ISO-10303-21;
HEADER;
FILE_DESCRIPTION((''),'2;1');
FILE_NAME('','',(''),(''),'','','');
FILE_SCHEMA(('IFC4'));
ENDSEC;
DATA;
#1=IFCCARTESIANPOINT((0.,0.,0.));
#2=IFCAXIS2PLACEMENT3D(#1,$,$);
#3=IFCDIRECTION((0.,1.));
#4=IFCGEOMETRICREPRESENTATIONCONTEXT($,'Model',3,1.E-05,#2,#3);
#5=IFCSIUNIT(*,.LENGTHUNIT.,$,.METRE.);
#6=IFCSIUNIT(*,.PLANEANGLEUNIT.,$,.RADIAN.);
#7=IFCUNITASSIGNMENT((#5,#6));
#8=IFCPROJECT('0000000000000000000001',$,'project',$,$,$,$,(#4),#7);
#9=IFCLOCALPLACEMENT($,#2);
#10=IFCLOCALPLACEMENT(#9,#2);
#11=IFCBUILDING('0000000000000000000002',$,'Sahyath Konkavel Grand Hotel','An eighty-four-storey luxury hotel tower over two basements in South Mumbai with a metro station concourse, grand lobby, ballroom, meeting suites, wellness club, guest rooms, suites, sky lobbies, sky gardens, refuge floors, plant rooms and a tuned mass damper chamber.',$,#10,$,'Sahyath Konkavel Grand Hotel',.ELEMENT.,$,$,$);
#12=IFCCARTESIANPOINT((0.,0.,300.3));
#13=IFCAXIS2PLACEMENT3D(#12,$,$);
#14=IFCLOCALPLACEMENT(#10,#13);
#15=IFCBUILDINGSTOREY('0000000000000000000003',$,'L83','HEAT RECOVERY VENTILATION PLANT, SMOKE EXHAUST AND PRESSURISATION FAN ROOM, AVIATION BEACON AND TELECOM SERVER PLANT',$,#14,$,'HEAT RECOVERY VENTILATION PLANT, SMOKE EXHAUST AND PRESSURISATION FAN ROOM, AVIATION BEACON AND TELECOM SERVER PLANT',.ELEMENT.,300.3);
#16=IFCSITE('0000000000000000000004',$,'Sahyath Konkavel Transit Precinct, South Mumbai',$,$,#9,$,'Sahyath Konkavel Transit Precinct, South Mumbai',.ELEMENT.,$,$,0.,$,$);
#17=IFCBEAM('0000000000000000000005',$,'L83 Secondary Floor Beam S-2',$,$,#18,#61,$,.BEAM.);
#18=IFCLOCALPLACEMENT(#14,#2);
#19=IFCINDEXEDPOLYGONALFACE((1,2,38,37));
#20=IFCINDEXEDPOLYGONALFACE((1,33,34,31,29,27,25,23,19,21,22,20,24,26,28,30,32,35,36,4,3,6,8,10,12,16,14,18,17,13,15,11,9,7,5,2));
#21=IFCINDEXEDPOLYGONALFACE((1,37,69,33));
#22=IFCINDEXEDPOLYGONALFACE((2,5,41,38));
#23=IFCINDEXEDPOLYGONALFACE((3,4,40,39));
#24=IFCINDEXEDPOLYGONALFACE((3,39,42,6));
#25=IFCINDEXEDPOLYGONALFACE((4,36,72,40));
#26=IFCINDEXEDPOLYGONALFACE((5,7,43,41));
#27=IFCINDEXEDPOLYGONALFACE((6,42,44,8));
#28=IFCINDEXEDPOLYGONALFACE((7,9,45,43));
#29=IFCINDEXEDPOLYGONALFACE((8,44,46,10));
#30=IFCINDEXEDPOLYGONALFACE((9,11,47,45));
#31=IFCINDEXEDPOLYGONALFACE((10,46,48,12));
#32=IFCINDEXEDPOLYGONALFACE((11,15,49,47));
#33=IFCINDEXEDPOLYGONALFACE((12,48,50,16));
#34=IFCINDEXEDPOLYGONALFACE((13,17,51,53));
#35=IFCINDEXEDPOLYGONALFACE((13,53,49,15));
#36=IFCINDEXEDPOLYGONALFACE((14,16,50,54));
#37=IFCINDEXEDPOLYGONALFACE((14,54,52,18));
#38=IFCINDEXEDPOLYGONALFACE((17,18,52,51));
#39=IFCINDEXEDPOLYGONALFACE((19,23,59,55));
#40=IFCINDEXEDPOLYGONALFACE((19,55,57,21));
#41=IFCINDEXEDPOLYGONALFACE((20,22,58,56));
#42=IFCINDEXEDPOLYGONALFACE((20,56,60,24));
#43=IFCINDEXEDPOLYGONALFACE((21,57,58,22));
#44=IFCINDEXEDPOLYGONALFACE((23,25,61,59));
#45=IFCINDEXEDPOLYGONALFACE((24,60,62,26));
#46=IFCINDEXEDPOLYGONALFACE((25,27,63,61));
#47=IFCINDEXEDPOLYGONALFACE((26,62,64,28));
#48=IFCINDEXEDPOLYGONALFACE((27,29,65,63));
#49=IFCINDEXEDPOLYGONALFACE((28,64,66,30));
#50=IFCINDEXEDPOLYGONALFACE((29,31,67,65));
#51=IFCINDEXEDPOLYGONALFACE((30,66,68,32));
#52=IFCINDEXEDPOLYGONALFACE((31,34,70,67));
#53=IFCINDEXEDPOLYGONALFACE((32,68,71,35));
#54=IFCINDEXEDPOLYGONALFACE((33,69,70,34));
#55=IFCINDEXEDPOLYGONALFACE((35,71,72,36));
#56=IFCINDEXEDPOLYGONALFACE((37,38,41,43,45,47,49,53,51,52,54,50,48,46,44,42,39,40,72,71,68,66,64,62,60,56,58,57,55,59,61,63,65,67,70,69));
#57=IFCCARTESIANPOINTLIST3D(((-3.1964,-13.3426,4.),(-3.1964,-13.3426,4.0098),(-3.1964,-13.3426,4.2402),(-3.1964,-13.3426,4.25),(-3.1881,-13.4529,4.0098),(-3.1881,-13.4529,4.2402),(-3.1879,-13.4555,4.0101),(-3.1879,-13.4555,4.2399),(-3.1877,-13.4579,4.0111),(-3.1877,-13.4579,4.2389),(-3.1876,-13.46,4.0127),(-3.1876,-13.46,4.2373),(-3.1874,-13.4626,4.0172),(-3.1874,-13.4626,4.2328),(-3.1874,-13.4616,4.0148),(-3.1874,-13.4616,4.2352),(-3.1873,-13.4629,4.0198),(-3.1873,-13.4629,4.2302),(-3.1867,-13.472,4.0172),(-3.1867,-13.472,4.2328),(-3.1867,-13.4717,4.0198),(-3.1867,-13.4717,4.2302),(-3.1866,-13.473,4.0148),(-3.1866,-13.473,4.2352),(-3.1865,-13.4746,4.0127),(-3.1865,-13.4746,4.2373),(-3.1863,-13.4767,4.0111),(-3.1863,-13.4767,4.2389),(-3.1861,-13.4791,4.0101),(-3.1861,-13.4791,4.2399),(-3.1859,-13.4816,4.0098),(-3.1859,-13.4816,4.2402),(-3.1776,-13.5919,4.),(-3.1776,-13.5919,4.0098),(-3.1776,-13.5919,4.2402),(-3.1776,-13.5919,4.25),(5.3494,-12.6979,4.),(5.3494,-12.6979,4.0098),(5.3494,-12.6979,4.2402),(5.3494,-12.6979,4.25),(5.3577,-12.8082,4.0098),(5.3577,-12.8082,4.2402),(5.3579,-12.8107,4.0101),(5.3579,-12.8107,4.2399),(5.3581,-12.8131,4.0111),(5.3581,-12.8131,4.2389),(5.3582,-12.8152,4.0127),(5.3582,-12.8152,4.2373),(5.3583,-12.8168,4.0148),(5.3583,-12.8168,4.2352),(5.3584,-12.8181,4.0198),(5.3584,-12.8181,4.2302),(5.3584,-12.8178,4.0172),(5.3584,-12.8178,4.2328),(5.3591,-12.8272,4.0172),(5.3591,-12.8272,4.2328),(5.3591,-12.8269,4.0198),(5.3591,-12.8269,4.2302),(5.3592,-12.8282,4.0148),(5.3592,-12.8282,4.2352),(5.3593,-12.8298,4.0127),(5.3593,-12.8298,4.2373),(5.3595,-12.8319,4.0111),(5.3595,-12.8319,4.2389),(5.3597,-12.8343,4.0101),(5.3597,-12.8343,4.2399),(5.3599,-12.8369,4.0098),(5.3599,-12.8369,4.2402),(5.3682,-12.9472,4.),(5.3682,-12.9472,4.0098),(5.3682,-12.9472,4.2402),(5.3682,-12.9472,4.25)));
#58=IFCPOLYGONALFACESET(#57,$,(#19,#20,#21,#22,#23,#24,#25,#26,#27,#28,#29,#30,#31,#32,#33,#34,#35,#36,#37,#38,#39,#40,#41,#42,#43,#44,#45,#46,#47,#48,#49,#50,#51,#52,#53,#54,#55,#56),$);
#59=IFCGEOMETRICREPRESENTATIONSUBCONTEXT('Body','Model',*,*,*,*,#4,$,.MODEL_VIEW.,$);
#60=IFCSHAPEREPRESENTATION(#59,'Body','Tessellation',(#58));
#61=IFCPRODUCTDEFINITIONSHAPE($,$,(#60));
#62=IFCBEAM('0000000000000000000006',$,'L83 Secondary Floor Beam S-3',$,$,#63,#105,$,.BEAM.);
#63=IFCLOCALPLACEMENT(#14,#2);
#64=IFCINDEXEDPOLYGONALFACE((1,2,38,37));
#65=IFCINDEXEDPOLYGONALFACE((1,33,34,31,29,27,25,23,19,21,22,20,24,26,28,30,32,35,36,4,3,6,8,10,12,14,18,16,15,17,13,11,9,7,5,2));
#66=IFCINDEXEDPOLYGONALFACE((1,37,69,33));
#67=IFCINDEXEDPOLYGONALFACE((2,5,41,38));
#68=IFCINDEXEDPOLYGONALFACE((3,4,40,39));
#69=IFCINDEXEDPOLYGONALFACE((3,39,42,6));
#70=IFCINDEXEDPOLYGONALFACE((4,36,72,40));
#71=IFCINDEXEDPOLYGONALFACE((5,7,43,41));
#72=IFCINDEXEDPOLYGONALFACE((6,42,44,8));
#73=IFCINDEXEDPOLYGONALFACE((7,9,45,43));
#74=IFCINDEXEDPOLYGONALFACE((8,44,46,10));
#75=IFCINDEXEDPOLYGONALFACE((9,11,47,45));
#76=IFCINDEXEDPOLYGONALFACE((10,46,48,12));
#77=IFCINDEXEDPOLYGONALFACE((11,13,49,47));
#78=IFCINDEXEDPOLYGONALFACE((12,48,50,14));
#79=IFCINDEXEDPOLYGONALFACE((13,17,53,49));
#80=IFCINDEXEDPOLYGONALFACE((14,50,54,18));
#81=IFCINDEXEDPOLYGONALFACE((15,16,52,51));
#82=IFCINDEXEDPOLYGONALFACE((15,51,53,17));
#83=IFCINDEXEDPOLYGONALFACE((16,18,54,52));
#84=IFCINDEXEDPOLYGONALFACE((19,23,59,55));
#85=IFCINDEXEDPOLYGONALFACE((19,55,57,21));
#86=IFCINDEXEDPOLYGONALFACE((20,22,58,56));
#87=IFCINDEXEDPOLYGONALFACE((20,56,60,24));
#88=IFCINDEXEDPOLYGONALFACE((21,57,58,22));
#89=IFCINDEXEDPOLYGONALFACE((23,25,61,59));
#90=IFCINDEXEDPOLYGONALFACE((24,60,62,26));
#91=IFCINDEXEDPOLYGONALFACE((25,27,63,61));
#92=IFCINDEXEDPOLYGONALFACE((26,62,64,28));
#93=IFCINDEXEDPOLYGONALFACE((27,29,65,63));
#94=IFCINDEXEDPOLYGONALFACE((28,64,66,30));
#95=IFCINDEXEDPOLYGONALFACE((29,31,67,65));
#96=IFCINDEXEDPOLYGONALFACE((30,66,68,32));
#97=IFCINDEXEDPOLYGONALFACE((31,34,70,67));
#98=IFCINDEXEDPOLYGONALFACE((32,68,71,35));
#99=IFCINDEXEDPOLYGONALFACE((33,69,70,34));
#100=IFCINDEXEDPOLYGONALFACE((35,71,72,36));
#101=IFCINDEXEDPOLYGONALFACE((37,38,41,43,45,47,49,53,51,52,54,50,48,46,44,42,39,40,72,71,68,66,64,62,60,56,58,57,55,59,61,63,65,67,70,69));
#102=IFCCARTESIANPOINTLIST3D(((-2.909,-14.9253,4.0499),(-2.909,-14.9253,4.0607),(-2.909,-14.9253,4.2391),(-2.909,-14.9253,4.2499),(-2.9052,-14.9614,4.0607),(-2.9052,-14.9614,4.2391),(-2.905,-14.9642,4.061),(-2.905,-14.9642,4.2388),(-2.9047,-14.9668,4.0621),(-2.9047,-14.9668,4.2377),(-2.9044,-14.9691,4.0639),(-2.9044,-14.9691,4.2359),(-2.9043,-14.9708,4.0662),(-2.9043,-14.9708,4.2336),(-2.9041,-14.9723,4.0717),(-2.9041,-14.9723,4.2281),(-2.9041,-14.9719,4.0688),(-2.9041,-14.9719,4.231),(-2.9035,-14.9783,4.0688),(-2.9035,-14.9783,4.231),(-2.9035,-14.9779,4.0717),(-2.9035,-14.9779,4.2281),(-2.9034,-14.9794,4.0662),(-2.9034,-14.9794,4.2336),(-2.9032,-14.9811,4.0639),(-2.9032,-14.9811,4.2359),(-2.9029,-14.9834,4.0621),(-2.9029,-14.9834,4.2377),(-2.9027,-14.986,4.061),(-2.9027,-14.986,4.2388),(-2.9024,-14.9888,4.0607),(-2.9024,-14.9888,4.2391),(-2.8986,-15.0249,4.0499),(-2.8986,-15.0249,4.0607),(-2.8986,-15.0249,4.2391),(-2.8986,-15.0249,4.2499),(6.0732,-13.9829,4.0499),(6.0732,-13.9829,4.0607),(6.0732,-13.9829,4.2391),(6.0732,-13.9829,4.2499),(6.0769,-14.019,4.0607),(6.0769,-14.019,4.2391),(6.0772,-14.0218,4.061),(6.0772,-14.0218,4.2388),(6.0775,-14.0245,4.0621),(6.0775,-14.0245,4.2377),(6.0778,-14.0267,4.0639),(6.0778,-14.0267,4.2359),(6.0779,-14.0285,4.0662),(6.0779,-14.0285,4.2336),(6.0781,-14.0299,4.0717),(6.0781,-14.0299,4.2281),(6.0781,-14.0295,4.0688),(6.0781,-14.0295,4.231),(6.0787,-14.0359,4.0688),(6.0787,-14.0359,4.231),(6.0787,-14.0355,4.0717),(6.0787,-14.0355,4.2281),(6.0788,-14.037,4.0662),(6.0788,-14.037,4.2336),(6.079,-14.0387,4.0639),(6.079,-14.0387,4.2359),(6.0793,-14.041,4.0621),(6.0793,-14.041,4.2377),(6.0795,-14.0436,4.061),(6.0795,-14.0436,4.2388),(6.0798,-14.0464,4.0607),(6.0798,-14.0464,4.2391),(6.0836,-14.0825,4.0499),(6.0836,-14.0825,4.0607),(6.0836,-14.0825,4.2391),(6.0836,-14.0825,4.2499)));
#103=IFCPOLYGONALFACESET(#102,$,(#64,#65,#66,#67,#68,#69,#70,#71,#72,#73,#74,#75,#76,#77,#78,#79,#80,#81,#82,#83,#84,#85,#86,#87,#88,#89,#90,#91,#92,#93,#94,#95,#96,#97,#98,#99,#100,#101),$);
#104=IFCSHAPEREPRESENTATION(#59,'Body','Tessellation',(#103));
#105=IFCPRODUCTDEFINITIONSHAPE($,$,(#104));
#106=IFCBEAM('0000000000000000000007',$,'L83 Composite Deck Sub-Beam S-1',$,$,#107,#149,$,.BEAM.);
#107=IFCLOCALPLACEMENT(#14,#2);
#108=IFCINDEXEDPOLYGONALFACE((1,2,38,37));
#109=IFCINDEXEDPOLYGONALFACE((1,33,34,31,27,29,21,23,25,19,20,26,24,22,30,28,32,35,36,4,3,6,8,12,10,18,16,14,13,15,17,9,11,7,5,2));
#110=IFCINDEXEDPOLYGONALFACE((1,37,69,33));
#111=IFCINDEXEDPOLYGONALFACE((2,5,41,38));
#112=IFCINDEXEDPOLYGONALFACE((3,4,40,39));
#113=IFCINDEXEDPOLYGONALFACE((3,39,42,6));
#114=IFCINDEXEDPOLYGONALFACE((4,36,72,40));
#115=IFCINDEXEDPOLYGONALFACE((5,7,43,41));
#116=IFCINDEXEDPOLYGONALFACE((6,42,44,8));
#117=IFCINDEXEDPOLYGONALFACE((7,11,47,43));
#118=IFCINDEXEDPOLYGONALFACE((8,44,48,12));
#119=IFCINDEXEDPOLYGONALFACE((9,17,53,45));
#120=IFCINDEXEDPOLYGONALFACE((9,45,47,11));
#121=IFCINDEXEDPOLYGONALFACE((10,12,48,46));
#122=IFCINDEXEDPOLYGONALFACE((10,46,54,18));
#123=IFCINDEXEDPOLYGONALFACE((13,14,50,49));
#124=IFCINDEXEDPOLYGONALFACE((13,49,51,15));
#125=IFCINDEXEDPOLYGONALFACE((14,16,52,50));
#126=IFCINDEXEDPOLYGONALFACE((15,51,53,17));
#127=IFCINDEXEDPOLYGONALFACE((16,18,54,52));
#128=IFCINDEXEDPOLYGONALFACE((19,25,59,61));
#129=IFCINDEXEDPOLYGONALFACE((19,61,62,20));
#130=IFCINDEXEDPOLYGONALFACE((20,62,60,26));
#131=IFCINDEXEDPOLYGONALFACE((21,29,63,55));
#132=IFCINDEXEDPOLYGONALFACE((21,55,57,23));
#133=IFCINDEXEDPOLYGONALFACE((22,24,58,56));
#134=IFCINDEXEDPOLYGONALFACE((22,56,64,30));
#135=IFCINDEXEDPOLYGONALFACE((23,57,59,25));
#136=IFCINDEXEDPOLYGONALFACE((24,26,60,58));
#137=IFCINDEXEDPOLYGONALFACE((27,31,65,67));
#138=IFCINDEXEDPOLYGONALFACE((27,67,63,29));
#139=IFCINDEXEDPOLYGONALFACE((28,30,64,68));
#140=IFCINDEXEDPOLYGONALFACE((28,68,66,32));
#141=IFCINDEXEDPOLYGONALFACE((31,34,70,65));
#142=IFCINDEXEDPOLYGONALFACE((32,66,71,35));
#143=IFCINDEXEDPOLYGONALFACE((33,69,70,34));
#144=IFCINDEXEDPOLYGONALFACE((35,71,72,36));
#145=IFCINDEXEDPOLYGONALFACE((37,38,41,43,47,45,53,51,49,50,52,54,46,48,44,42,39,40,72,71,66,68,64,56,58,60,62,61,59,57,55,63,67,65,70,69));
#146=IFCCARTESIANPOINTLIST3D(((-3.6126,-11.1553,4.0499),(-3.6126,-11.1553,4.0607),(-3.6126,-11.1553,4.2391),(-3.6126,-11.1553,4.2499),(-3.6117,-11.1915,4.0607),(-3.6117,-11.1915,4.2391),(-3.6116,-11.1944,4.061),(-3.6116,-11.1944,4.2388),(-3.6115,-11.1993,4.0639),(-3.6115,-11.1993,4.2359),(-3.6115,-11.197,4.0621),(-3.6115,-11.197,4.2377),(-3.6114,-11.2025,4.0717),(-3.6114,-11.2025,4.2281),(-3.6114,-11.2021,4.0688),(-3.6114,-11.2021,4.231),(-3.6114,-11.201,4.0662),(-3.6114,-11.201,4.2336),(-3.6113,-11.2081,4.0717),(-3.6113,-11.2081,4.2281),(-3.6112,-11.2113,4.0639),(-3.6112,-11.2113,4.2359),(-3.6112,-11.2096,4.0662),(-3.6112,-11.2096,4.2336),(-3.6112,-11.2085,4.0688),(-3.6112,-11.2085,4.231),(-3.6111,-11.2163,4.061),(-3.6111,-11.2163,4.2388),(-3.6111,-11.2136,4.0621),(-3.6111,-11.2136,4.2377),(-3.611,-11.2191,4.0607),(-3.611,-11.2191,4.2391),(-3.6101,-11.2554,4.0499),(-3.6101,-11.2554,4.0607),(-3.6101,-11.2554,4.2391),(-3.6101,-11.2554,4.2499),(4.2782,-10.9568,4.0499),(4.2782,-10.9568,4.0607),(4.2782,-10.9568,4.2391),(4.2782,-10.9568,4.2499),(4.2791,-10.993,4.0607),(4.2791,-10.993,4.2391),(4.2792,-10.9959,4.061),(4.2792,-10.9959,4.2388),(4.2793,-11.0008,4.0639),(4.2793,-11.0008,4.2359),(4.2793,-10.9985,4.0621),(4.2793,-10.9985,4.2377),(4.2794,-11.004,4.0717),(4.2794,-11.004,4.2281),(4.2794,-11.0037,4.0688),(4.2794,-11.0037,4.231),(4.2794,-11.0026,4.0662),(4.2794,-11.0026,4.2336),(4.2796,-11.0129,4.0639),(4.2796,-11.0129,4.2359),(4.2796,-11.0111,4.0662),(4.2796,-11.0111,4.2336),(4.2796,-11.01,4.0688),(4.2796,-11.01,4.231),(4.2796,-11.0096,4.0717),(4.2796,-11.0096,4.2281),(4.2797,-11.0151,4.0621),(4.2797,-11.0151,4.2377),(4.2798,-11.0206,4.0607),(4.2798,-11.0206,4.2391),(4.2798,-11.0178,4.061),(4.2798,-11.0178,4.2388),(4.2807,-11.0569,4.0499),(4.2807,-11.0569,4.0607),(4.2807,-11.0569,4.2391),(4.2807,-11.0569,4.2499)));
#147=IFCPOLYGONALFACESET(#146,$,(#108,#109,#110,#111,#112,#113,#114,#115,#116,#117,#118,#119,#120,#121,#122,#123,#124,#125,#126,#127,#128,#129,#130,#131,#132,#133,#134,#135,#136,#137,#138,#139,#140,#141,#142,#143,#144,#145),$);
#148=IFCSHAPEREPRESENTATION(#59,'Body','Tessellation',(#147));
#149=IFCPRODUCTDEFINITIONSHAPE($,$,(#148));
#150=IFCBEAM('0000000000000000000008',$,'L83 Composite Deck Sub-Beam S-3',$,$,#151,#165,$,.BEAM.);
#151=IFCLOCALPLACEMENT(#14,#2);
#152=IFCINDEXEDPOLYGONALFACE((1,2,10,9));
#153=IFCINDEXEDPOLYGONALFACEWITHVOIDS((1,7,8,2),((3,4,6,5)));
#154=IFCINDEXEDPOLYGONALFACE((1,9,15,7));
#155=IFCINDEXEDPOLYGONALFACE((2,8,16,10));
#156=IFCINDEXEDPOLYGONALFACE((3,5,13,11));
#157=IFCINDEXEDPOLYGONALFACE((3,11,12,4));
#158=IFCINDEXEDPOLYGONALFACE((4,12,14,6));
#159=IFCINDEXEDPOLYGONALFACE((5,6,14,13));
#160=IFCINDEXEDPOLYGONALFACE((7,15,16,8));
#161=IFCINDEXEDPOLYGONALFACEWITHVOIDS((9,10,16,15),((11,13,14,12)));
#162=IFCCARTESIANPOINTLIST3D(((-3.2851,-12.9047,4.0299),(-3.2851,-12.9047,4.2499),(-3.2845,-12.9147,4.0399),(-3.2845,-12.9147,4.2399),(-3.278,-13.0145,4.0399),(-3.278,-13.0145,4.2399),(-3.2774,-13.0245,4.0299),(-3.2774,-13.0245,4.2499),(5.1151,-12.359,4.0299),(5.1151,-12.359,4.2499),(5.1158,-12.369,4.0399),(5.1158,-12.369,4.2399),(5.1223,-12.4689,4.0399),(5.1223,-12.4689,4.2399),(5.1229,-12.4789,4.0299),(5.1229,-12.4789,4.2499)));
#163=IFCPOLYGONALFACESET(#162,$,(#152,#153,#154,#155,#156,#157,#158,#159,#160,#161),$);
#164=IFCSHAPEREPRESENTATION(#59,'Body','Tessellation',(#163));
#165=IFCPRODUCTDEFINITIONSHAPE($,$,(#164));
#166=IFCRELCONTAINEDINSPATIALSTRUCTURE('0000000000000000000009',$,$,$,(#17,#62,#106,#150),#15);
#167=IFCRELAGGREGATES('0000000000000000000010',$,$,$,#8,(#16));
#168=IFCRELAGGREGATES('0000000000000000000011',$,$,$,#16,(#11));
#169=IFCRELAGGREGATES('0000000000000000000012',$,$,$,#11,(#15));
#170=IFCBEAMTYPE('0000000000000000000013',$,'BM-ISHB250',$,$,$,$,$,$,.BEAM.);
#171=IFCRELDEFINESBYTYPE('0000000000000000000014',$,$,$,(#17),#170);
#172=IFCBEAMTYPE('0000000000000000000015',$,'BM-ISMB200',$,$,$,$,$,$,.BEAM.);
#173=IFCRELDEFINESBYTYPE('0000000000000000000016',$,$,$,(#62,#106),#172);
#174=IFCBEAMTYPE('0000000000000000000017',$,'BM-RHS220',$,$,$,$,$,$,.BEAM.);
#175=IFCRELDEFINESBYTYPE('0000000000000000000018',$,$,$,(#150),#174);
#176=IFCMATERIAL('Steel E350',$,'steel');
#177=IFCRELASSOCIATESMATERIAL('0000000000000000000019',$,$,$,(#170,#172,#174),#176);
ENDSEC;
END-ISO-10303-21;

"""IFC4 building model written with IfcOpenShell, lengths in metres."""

from ifc_helpers import new_model, si_unit, direction, frame, origin, origin_2d, place, context, subcontext, project, spatial, hollow_rectangle, i_section, extrude, source, transform, mapped, material, material_profile, profile_set, type_object, element, save


model = new_model("IFC4")

# Units and contexts
model_context = context("Model", 3, precision=1e-05, world=origin(), true_north=direction((0.0, 1.0)))
body_context = subcontext(model_context, "Body", "Model", "MODEL_VIEW")
ifc_project = project(units=[si_unit("LENGTHUNIT", "METRE"), si_unit("PLANEANGLEUNIT", "RADIAN")], contexts=[model_context])

# Site, building, storey
site_placement = place(None, origin())
site = spatial("IfcSite", under=ifc_project, at=site_placement, Name="Sahyath Konkavel Transit Precinct, South Mumbai", LongName="Sahyath Konkavel Transit Precinct, South Mumbai", CompositionType="ELEMENT", RefElevation=0.0)
building_placement = place(site_placement, origin())
building = spatial("IfcBuilding", under=site, at=building_placement, Name="Sahyath Konkavel Grand Hotel", Description="An eighty-four-storey luxury hotel tower over two basements in South Mumbai with a metro station concourse, grand lobby, ballroom, meeting suites, wellness club, guest rooms, suites, sky lobbies, sky gardens, refuge floors, plant rooms and a tuned mass damper chamber.", LongName="Sahyath Konkavel Grand Hotel", CompositionType="ELEMENT")
storey_placement = place(building_placement, frame((0.0, 0.0, 300.3)))
storey = spatial("IfcBuildingStorey", under=building, at=storey_placement, Name="L83", Description="HEAT RECOVERY VENTILATION PLANT, SMOKE EXHAUST AND PRESSURISATION FAN ROOM, AVIATION BEACON AND TELECOM SERVER PLANT", LongName="HEAT RECOVERY VENTILATION PLANT, SMOKE EXHAUST AND PRESSURISATION FAN ROOM, AVIATION BEACON AND TELECOM SERVER PLANT", CompositionType="ELEMENT", Elevation=300.3)

# Shared definitions
ifc_material_1 = material(Name="Steel E350", Category="steel")

# Beams
ifc_material_profile_1 = material_profile(ifc_material_1, i_section(OverallWidth=0.25, OverallDepth=0.25, WebThickness=0.0088, FlangeThickness=0.0098, FilletRadius=0.01, at=origin_2d()), Name="ISHB 250")
ifc_profile_set_1 = profile_set([ifc_material_profile_1], Name="Steel E350")
beam_type_1 = type_object("IfcBeamType", Name="BM-ISHB250", PredefinedType="BEAM", material=ifc_profile_set_1)
shared_shape_1 = source(origin(), body_context, "Body", "SweptSolid", [
    extrude(i_section(OverallWidth=0.25, OverallDepth=0.25, WebThickness=0.0088, FlangeThickness=0.0098, FilletRadius=0.01, at=origin_2d()), origin(), (0.0, 0.0, 1.0), 8.5701),
])
beam_1_placement = place(storey_placement, frame((-3.187, -13.4673, 4.125), z_axis=(0.997166, 0.075235, 0.0), x_axis=(-0.075235, 0.997166, 0.0)))
element("IfcBeam", 1, at=beam_1_placement, inside=storey, type_object=beam_type_1, Name="L83 Secondary Floor Beam S-2", PredefinedType="BEAM", context=body_context, shape_type="MappedRepresentation", body=[
    mapped(shared_shape_1, transform((0.0, 0.0, 0.0), scale=1.0)),
])
ifc_material_profile_2 = material_profile(ifc_material_1, i_section(OverallWidth=0.1001, OverallDepth=0.2, WebThickness=0.0056, FlangeThickness=0.0107, FilletRadius=0.011, at=origin_2d()), Name="ISMB 200")
ifc_profile_set_2 = profile_set([ifc_material_profile_2], Name="Steel E350")
beam_type_2 = type_object("IfcBeamType", Name="BM-ISMB200", PredefinedType="BEAM", material=ifc_profile_set_2)
shared_shape_2 = source(origin(), body_context, "Body", "SweptSolid", [
    extrude(i_section(OverallWidth=0.1001, OverallDepth=0.2, WebThickness=0.0056, FlangeThickness=0.0107, FilletRadius=0.011, at=origin_2d()), origin(), (0.0, 0.0, 1.0), 9.0315),
])
beam_2_placement = place(storey_placement, frame((-2.9038, -14.9751, 4.1499), z_axis=(0.994541, 0.104344, 0.0), x_axis=(-0.104344, 0.994541, 0.0)))
element("IfcBeam", 2, at=beam_2_placement, inside=storey, type_object=beam_type_2, Name="L83 Secondary Floor Beam S-3", PredefinedType="BEAM", context=body_context, shape_type="MappedRepresentation", body=[
    mapped(shared_shape_2, transform((0.0, 0.0, 0.0), scale=1.0)),
])
shared_shape_3 = source(origin(), body_context, "Body", "SweptSolid", [
    extrude(i_section(OverallWidth=0.1001, OverallDepth=0.2, WebThickness=0.0056, FlangeThickness=0.0107, FilletRadius=0.011, at=origin_2d()), origin(), (0.0, 0.0, 1.0), 7.8933),
])
beam_3_placement = place(storey_placement, frame((-3.6113, -11.2053, 4.1499), z_axis=(0.999684, 0.025146, 0.0), x_axis=(-0.025146, 0.999684, 0.0)))
element("IfcBeam", 3, at=beam_3_placement, inside=storey, type_object=beam_type_2, Name="L83 Composite Deck Sub-Beam S-1", PredefinedType="BEAM", context=body_context, shape_type="MappedRepresentation", body=[
    mapped(shared_shape_3, transform((0.0, 0.0, 0.0), scale=1.0)),
])
ifc_material_profile_3 = material_profile(ifc_material_1, hollow_rectangle(XDim=0.1201, YDim=0.22, WallThickness=0.01, at=origin_2d()), Name="RHS 220x120x10")
ifc_profile_set_3 = profile_set([ifc_material_profile_3], Name="Steel E350")
beam_type_3 = type_object("IfcBeamType", Name="BM-RHS220", PredefinedType="BEAM", material=ifc_profile_set_3)
shared_shape_4 = source(origin(), body_context, "Body", "SweptSolid", [
    extrude(hollow_rectangle(XDim=0.1201, YDim=0.22, WallThickness=0.01, at=origin_2d()), origin(), (0.0, 0.0, 1.0), 8.418),
])
beam_4_placement = place(storey_placement, frame((-3.2812, -12.9646, 4.1399), z_axis=(0.997897, 0.064821, 0.0), x_axis=(-0.064821, 0.997897, 0.0)))
element("IfcBeam", 4, at=beam_4_placement, inside=storey, type_object=beam_type_3, Name="L83 Composite Deck Sub-Beam S-3", PredefinedType="BEAM", context=body_context, shape_type="MappedRepresentation", body=[
    mapped(shared_shape_4, transform((0.0, 0.0, 0.0), scale=1.0)),
])

save(model, "model.ifc")
